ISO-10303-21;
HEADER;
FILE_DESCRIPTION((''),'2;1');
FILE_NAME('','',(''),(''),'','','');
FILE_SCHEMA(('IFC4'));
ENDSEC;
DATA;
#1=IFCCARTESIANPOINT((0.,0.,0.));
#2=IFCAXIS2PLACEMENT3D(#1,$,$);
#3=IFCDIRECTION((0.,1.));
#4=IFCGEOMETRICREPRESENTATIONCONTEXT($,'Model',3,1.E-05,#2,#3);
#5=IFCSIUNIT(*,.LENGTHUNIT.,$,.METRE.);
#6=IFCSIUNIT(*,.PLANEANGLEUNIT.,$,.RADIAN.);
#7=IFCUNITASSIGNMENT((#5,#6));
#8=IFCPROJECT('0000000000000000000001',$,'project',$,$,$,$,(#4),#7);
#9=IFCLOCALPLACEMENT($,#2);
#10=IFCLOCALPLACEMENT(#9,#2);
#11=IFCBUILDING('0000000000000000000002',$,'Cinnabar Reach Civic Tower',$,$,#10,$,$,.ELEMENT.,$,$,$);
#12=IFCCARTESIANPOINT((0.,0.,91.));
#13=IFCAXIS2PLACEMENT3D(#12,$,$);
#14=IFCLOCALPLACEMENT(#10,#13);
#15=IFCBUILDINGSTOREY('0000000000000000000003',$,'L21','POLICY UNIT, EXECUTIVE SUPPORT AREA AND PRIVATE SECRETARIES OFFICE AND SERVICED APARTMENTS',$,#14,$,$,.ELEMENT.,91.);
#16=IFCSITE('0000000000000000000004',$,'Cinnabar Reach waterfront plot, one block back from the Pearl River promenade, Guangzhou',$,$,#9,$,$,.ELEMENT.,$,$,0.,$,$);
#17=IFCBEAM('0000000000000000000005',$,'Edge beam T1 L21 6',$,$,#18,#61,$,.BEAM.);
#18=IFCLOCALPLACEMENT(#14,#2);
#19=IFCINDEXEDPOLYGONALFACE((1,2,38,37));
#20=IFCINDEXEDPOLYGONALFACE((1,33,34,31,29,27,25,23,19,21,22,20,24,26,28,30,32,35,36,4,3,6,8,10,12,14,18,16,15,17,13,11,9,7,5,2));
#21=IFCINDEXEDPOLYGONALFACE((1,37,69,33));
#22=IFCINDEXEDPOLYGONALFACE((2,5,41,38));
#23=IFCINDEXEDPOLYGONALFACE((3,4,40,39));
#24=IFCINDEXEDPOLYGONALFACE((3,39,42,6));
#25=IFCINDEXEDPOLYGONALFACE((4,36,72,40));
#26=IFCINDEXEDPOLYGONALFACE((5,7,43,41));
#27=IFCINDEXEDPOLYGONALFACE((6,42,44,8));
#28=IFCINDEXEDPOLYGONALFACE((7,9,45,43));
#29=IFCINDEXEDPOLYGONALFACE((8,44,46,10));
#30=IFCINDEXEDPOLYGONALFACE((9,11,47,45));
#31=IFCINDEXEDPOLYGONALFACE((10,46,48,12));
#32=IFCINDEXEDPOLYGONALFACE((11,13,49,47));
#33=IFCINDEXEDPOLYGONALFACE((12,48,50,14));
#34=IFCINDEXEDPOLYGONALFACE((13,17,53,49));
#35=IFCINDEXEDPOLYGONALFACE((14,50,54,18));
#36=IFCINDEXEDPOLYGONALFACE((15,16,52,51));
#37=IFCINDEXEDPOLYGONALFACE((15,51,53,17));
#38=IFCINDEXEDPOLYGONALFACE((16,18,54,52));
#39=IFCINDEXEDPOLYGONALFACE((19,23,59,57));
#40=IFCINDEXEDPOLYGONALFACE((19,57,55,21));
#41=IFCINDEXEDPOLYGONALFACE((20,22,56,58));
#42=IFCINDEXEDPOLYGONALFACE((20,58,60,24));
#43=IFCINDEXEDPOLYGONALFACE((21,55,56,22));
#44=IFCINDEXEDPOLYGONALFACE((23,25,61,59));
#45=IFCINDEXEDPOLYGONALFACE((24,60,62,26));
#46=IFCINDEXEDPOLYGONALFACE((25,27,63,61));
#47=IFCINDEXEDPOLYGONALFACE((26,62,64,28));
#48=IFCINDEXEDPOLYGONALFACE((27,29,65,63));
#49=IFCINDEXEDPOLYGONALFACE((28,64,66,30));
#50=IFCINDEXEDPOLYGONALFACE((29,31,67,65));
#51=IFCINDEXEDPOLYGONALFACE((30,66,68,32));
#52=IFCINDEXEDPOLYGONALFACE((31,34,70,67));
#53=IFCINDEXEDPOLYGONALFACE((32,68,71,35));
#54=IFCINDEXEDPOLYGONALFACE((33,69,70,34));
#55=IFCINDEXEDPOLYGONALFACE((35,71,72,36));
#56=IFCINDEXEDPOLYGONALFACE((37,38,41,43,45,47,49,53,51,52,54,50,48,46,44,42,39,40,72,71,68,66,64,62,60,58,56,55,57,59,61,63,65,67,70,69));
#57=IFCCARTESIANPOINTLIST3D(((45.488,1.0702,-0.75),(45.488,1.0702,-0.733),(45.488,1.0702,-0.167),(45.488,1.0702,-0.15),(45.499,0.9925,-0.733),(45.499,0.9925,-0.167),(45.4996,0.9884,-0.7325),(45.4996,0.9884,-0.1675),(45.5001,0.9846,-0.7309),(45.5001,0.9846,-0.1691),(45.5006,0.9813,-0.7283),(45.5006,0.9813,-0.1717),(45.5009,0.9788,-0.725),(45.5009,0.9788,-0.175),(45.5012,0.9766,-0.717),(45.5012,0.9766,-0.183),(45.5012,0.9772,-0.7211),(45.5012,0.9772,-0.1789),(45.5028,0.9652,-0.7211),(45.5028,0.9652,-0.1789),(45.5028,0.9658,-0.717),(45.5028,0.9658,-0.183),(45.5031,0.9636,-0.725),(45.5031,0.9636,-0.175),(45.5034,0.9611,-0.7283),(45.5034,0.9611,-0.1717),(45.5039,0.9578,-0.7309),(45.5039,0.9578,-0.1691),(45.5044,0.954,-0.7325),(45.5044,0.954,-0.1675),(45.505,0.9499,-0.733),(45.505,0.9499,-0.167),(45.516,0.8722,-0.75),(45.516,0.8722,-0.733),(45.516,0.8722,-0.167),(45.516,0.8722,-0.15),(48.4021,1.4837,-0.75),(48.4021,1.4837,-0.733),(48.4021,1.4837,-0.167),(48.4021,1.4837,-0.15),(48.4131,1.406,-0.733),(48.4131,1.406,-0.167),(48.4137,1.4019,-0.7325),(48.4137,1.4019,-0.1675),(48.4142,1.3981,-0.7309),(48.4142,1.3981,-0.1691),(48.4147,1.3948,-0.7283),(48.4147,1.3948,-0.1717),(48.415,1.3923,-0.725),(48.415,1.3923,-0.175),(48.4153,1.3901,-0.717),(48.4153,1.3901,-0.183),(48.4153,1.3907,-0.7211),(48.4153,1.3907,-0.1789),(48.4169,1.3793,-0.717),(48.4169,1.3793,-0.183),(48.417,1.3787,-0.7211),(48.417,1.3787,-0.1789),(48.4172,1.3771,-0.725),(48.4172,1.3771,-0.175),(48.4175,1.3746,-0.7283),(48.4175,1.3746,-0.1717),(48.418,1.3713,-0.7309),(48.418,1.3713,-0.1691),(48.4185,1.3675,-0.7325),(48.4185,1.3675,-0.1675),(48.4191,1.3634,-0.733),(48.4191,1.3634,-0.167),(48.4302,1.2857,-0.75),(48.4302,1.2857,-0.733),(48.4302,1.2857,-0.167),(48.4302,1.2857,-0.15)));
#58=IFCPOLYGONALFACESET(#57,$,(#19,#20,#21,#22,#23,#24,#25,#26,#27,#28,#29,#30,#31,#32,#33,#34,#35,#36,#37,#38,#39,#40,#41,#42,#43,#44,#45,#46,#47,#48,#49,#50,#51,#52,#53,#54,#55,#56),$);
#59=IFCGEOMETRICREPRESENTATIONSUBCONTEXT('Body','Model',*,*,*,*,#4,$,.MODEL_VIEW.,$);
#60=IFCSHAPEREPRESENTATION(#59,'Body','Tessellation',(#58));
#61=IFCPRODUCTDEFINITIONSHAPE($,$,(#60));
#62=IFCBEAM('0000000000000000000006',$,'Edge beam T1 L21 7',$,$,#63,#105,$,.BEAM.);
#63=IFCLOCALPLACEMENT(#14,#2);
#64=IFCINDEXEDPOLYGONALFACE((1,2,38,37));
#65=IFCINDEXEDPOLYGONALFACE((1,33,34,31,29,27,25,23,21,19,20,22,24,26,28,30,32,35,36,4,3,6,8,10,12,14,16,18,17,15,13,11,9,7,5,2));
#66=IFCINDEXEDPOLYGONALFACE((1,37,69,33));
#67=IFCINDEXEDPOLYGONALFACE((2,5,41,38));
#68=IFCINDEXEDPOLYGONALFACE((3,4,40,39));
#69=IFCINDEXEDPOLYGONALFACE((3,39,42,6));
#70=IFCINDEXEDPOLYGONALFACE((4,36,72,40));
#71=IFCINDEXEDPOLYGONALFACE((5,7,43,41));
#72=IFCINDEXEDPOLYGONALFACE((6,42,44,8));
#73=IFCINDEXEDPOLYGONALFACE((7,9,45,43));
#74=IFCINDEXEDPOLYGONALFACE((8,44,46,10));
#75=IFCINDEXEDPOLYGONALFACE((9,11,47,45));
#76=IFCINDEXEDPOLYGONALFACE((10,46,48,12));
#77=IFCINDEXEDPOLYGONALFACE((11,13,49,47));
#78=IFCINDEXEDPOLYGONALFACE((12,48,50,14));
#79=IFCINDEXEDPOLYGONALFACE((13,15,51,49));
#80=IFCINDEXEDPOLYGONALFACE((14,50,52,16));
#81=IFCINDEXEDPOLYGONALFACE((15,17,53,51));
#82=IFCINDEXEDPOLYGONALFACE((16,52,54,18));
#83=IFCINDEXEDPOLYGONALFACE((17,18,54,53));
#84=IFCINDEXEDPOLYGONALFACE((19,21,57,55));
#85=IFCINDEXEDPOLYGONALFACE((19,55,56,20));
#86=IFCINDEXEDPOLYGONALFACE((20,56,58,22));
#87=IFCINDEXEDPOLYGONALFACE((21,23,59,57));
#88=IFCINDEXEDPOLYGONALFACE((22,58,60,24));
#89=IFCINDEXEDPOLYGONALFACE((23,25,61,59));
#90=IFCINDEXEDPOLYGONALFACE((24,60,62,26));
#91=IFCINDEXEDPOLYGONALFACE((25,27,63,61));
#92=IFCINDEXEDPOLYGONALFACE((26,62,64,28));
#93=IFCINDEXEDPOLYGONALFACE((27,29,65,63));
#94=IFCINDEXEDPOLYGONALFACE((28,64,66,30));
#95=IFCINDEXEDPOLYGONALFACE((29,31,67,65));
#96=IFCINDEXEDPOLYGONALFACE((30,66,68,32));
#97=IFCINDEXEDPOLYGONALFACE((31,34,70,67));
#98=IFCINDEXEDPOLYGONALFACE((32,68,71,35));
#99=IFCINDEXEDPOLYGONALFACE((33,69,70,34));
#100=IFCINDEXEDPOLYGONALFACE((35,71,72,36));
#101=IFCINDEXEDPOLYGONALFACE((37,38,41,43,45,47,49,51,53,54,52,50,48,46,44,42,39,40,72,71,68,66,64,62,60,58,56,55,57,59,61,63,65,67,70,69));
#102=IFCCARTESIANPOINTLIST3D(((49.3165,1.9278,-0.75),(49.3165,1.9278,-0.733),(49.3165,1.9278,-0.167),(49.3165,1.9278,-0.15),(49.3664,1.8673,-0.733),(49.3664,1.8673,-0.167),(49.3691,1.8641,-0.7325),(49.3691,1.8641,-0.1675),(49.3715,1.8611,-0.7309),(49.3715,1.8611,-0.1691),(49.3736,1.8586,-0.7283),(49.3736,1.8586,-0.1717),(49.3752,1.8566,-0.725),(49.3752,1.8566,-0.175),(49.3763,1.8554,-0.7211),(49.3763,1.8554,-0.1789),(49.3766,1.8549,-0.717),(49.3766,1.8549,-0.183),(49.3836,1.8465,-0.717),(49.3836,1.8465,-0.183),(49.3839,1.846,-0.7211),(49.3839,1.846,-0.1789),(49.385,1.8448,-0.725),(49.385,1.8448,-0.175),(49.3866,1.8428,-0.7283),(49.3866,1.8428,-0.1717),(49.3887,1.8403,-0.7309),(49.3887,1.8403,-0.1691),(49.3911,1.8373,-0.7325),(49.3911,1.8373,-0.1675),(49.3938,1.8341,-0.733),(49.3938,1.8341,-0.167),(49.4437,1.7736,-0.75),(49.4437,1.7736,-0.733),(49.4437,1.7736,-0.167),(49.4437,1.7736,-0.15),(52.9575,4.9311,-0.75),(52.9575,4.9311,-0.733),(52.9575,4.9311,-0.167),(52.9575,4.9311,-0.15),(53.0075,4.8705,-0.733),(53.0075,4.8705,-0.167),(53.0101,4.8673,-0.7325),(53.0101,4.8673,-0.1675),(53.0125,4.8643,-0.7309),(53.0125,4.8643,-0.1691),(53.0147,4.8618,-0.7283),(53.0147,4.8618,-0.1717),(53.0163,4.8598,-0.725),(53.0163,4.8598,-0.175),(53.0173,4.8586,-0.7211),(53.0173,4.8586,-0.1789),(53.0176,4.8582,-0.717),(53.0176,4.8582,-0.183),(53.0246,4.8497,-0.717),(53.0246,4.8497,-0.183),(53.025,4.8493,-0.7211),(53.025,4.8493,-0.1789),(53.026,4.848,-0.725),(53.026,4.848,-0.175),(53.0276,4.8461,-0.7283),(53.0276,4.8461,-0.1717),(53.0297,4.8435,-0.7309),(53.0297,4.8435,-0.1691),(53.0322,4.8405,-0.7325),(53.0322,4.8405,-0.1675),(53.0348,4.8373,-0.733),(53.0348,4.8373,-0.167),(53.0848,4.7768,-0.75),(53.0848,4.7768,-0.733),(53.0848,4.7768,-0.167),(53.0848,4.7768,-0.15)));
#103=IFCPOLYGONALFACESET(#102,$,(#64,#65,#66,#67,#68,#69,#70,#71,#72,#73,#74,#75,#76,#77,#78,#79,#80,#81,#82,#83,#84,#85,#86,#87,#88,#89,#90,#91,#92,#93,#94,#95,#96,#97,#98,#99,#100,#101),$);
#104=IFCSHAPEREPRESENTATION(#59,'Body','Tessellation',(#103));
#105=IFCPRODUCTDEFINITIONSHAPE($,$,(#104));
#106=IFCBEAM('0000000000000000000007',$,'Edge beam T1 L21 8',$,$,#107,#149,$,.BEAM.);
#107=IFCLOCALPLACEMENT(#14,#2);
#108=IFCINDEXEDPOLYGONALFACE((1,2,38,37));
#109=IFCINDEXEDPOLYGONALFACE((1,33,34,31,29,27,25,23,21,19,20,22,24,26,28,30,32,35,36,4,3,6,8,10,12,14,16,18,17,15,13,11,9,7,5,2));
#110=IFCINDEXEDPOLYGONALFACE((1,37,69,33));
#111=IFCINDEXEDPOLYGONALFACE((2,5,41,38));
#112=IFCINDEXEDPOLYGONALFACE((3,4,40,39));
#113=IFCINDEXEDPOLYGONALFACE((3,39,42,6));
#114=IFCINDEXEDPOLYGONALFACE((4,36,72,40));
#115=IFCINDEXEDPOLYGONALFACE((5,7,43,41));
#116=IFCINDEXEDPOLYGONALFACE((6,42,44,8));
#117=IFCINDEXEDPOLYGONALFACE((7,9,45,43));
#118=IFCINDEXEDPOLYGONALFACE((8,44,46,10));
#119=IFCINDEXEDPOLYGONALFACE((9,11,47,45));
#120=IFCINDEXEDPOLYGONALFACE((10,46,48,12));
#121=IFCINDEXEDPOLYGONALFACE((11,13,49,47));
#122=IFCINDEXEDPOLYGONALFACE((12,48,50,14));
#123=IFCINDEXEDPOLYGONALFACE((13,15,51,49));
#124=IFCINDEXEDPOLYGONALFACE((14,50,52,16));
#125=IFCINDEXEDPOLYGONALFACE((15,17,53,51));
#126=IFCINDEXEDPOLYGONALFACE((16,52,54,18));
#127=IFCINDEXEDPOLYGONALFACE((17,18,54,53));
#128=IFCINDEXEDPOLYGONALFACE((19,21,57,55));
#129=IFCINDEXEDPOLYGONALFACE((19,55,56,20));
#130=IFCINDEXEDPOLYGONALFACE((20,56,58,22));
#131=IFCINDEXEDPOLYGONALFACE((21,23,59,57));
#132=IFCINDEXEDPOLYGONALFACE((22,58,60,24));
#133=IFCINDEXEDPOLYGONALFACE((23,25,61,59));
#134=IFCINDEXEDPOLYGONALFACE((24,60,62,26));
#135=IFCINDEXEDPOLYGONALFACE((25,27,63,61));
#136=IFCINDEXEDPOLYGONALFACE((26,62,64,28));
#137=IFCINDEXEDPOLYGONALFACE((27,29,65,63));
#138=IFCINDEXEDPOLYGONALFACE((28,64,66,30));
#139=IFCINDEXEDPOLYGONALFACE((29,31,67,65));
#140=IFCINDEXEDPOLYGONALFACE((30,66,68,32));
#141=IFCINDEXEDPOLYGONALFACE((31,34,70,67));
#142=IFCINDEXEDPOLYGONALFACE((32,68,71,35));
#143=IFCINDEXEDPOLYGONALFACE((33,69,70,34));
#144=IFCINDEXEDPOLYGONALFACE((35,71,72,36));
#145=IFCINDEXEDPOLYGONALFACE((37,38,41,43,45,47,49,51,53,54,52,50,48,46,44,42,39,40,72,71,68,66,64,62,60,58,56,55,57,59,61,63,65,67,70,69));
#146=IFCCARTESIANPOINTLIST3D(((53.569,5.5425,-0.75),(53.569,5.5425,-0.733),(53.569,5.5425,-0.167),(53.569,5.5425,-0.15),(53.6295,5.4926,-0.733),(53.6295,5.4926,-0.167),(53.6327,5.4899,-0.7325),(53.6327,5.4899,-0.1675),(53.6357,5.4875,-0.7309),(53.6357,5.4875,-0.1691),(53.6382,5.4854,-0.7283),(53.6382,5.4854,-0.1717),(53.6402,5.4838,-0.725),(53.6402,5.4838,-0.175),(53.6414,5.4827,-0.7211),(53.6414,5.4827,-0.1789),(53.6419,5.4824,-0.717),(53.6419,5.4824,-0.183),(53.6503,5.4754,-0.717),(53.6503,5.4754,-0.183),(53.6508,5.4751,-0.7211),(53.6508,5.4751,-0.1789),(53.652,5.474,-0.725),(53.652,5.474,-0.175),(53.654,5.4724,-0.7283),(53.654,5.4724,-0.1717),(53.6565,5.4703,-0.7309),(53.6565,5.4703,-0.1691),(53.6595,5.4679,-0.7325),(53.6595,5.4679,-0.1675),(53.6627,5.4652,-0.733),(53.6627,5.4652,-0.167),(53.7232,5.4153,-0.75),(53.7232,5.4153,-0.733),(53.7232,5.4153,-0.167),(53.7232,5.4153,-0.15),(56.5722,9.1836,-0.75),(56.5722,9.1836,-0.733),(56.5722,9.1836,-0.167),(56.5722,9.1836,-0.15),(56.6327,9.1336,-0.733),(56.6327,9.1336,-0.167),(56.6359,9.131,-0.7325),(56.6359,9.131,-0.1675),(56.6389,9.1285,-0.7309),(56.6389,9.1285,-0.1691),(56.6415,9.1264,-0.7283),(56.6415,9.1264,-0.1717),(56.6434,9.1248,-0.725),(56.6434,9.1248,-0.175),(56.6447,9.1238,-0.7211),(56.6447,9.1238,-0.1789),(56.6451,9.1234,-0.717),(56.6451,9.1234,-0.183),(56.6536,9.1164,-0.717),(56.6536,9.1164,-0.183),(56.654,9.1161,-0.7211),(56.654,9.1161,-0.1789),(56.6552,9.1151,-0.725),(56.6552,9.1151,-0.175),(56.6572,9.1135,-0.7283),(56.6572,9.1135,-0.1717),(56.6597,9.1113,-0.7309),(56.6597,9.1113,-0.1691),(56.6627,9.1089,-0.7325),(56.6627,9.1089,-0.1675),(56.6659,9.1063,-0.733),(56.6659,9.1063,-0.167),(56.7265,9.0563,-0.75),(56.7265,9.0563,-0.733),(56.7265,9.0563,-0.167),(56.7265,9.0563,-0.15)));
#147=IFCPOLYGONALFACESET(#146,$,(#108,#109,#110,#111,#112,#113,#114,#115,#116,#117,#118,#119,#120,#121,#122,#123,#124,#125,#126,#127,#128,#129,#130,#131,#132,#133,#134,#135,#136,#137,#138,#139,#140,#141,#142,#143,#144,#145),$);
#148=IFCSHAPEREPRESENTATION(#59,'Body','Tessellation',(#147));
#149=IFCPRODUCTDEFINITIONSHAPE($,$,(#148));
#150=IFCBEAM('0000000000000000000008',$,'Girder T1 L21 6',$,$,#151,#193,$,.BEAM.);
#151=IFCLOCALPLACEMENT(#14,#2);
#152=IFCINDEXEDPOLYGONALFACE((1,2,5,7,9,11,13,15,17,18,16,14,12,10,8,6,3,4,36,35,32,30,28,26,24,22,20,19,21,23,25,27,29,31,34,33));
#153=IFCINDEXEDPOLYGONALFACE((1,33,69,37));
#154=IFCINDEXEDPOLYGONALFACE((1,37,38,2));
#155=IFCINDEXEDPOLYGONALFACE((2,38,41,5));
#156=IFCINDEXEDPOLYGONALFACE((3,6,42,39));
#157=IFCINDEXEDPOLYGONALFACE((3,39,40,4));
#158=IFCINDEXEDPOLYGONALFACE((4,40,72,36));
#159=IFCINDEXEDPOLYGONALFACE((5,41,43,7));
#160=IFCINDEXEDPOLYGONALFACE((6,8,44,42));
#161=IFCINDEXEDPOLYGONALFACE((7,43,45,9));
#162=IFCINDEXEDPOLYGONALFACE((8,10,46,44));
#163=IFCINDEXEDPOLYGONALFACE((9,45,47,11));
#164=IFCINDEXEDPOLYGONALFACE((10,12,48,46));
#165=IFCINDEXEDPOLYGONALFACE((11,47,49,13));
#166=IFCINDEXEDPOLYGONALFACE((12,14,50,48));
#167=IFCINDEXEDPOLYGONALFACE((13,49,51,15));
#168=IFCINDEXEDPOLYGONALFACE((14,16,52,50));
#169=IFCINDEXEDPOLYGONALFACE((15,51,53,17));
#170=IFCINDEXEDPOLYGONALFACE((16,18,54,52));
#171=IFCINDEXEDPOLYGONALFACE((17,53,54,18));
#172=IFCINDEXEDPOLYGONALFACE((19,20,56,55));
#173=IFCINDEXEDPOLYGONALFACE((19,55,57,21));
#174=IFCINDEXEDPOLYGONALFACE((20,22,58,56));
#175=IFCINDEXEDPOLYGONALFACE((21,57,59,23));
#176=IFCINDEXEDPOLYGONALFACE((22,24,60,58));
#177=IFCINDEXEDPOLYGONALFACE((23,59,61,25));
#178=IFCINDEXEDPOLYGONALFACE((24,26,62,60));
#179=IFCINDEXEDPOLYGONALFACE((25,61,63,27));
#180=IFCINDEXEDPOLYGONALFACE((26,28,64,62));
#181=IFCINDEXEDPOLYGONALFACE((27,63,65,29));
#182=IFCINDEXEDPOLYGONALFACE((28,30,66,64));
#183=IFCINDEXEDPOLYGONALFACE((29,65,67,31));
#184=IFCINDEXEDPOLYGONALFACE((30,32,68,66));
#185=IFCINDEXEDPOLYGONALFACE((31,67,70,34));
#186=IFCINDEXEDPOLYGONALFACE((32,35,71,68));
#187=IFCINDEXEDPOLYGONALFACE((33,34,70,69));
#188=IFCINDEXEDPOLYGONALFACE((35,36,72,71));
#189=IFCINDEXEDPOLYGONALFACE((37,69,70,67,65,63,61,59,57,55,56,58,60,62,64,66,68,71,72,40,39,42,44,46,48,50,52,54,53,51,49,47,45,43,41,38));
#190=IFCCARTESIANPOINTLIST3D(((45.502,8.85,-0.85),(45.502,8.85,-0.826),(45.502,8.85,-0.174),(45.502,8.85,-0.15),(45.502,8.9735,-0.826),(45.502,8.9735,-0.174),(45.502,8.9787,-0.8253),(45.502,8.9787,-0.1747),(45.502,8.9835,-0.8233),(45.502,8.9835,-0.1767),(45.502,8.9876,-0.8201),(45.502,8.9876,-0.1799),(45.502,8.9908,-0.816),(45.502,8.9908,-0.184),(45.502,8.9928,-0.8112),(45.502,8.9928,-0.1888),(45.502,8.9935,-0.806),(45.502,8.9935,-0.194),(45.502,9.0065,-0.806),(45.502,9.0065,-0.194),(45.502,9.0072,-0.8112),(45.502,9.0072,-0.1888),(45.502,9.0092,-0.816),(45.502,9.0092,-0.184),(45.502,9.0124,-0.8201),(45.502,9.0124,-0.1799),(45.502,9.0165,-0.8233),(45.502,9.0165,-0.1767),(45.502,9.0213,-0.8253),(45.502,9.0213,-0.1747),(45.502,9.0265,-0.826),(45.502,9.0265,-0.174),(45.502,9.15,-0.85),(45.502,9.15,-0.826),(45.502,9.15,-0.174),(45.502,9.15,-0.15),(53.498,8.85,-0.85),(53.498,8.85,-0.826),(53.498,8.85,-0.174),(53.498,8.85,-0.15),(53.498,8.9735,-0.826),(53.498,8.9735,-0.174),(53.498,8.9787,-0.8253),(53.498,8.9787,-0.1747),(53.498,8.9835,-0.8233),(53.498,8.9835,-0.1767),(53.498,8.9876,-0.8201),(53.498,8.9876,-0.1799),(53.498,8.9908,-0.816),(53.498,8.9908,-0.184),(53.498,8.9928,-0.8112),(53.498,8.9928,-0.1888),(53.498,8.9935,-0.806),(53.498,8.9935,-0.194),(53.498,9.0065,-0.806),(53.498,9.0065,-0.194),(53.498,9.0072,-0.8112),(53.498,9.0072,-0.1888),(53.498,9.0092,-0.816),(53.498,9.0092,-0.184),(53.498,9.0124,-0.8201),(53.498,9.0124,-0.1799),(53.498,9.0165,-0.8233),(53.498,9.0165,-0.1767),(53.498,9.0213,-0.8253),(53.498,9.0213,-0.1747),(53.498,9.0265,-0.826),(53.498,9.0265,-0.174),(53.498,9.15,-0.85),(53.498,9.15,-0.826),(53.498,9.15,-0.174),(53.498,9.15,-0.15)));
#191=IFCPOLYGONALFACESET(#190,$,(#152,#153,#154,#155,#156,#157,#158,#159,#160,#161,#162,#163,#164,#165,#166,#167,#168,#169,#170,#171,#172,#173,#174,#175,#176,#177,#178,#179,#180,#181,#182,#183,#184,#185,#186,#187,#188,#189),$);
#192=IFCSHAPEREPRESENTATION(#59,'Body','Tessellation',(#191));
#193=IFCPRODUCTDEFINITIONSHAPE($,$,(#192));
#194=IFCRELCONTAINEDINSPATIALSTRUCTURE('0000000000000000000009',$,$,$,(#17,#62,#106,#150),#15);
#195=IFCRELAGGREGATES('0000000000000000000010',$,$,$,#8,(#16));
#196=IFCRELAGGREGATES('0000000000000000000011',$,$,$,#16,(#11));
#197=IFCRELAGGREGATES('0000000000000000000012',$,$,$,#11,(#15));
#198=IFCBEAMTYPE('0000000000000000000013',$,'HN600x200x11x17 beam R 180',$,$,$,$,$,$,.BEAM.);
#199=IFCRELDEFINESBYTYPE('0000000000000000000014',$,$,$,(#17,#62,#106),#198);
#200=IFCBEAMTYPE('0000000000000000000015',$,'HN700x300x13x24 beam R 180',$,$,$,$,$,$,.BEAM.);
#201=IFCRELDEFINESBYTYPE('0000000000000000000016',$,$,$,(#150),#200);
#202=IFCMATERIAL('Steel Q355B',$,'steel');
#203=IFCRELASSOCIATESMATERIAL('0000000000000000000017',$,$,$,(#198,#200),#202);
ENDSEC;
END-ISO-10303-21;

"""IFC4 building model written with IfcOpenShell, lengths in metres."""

from ifc_helpers import new_model, si_unit, direction, frame, origin, origin_2d, place, context, subcontext, project, spatial, i_section, extrude, material, material_profile, profile_set, type_object, element, save


model = new_model("IFC4")

# Units and contexts
model_context = context("Model", 3, precision=1e-05, world=origin(), true_north=direction((0.0, 1.0)))
body_context = subcontext(model_context, "Body", "Model", "MODEL_VIEW")
ifc_project = project(units=[si_unit("LENGTHUNIT", "METRE"), si_unit("PLANEANGLEUNIT", "RADIAN")], contexts=[model_context])

# Site, building, storey
site_placement = place(None, origin())
site = spatial("IfcSite", under=ifc_project, at=site_placement, Name="Cinnabar Reach waterfront plot, one block back from the Pearl River promenade, Guangzhou", CompositionType="ELEMENT", RefElevation=0.0)
building_placement = place(site_placement, origin())
building = spatial("IfcBuilding", under=site, at=building_placement, Name="Cinnabar Reach Civic Tower", CompositionType="ELEMENT")
storey_placement = place(building_placement, frame((0.0, 0.0, 91.0)))
storey = spatial("IfcBuildingStorey", under=building, at=storey_placement, Name="L21", Description="POLICY UNIT, EXECUTIVE SUPPORT AREA AND PRIVATE SECRETARIES OFFICE AND SERVICED APARTMENTS", CompositionType="ELEMENT", Elevation=91.0)

# Beams
ifc_material_1 = material(Name="Steel Q355B", Category="steel")
ifc_material_profile_1 = material_profile(ifc_material_1, i_section(OverallWidth=0.2, OverallDepth=0.6, WebThickness=0.011, FlangeThickness=0.017, FilletRadius=0.016, at=origin_2d()), Name="HN600x200x11x17")
ifc_profile_set_1 = profile_set([ifc_material_profile_1], Name="Steel Q355B")
beam_type_1 = type_object("IfcBeamType", Name="HN600x200x11x17 beam R 180", PredefinedType="BEAM", material=ifc_profile_set_1)
beam_1_placement = place(storey_placement, frame((45.502, 0.9712, -0.45), z_axis=(0.990082, 0.140489, 0.0), x_axis=(-0.140489, 0.990082, 0.0)))
element("IfcBeam", 1, at=beam_1_placement, inside=storey, type_object=beam_type_1, Name="Edge beam T1 L21 6", PredefinedType="BEAM", context=body_context, shape_type="SweptSolid", body=[
    extrude(i_section(OverallWidth=0.2, OverallDepth=0.6, WebThickness=0.011, FlangeThickness=0.017, FilletRadius=0.016, at=origin_2d()), origin(), (0.0, 0.0, 1.0), 2.9433),
])
for number, where, z_axis, x_axis, name in (
    (2, (49.3801, 1.8507, -0.45), (0.771438, 0.636304, 0.0), (-0.636304, 0.771438, 0.0), "Edge beam T1 L21 7"),
    (3, (53.6461, 5.4789, -0.45), (0.636304, 0.771438, 0.0), (-0.771438, 0.636304, 0.0), "Edge beam T1 L21 8"),
):
    element("IfcBeam", number, at=place(storey_placement, frame(where, z_axis=z_axis, x_axis=x_axis)), inside=storey, type_object=beam_type_1, Name=name, PredefinedType="BEAM", context=body_context, shape_type="SweptSolid", body=[
        extrude(i_section(OverallWidth=0.2, OverallDepth=0.6, WebThickness=0.011, FlangeThickness=0.017, FilletRadius=0.016, at=origin_2d()), origin(), (0.0, 0.0, 1.0), 4.7198),
    ])
ifc_material_profile_2 = material_profile(ifc_material_1, i_section(OverallWidth=0.3, OverallDepth=0.7, WebThickness=0.013, FlangeThickness=0.024, FilletRadius=0.02, at=origin_2d()), Name="HN700x300x13x24")
ifc_profile_set_2 = profile_set([ifc_material_profile_2], Name="Steel Q355B")
beam_type_2 = type_object("IfcBeamType", Name="HN700x300x13x24 beam R 180", PredefinedType="BEAM", material=ifc_profile_set_2)
beam_2_placement = place(storey_placement, frame((45.502, 9.0, -0.5), z_axis=(1.0, 0.0, 0.0), x_axis=(0.0, 1.0, 0.0)))
element("IfcBeam", 4, at=beam_2_placement, inside=storey, type_object=beam_type_2, Name="Girder T1 L21 6", PredefinedType="BEAM", context=body_context, shape_type="SweptSolid", body=[
    extrude(i_section(OverallWidth=0.3, OverallDepth=0.7, WebThickness=0.013, FlangeThickness=0.024, FilletRadius=0.02, at=origin_2d()), origin(), (0.0, 0.0, 1.0), 7.996),
])

save(model, "model.ifc")
